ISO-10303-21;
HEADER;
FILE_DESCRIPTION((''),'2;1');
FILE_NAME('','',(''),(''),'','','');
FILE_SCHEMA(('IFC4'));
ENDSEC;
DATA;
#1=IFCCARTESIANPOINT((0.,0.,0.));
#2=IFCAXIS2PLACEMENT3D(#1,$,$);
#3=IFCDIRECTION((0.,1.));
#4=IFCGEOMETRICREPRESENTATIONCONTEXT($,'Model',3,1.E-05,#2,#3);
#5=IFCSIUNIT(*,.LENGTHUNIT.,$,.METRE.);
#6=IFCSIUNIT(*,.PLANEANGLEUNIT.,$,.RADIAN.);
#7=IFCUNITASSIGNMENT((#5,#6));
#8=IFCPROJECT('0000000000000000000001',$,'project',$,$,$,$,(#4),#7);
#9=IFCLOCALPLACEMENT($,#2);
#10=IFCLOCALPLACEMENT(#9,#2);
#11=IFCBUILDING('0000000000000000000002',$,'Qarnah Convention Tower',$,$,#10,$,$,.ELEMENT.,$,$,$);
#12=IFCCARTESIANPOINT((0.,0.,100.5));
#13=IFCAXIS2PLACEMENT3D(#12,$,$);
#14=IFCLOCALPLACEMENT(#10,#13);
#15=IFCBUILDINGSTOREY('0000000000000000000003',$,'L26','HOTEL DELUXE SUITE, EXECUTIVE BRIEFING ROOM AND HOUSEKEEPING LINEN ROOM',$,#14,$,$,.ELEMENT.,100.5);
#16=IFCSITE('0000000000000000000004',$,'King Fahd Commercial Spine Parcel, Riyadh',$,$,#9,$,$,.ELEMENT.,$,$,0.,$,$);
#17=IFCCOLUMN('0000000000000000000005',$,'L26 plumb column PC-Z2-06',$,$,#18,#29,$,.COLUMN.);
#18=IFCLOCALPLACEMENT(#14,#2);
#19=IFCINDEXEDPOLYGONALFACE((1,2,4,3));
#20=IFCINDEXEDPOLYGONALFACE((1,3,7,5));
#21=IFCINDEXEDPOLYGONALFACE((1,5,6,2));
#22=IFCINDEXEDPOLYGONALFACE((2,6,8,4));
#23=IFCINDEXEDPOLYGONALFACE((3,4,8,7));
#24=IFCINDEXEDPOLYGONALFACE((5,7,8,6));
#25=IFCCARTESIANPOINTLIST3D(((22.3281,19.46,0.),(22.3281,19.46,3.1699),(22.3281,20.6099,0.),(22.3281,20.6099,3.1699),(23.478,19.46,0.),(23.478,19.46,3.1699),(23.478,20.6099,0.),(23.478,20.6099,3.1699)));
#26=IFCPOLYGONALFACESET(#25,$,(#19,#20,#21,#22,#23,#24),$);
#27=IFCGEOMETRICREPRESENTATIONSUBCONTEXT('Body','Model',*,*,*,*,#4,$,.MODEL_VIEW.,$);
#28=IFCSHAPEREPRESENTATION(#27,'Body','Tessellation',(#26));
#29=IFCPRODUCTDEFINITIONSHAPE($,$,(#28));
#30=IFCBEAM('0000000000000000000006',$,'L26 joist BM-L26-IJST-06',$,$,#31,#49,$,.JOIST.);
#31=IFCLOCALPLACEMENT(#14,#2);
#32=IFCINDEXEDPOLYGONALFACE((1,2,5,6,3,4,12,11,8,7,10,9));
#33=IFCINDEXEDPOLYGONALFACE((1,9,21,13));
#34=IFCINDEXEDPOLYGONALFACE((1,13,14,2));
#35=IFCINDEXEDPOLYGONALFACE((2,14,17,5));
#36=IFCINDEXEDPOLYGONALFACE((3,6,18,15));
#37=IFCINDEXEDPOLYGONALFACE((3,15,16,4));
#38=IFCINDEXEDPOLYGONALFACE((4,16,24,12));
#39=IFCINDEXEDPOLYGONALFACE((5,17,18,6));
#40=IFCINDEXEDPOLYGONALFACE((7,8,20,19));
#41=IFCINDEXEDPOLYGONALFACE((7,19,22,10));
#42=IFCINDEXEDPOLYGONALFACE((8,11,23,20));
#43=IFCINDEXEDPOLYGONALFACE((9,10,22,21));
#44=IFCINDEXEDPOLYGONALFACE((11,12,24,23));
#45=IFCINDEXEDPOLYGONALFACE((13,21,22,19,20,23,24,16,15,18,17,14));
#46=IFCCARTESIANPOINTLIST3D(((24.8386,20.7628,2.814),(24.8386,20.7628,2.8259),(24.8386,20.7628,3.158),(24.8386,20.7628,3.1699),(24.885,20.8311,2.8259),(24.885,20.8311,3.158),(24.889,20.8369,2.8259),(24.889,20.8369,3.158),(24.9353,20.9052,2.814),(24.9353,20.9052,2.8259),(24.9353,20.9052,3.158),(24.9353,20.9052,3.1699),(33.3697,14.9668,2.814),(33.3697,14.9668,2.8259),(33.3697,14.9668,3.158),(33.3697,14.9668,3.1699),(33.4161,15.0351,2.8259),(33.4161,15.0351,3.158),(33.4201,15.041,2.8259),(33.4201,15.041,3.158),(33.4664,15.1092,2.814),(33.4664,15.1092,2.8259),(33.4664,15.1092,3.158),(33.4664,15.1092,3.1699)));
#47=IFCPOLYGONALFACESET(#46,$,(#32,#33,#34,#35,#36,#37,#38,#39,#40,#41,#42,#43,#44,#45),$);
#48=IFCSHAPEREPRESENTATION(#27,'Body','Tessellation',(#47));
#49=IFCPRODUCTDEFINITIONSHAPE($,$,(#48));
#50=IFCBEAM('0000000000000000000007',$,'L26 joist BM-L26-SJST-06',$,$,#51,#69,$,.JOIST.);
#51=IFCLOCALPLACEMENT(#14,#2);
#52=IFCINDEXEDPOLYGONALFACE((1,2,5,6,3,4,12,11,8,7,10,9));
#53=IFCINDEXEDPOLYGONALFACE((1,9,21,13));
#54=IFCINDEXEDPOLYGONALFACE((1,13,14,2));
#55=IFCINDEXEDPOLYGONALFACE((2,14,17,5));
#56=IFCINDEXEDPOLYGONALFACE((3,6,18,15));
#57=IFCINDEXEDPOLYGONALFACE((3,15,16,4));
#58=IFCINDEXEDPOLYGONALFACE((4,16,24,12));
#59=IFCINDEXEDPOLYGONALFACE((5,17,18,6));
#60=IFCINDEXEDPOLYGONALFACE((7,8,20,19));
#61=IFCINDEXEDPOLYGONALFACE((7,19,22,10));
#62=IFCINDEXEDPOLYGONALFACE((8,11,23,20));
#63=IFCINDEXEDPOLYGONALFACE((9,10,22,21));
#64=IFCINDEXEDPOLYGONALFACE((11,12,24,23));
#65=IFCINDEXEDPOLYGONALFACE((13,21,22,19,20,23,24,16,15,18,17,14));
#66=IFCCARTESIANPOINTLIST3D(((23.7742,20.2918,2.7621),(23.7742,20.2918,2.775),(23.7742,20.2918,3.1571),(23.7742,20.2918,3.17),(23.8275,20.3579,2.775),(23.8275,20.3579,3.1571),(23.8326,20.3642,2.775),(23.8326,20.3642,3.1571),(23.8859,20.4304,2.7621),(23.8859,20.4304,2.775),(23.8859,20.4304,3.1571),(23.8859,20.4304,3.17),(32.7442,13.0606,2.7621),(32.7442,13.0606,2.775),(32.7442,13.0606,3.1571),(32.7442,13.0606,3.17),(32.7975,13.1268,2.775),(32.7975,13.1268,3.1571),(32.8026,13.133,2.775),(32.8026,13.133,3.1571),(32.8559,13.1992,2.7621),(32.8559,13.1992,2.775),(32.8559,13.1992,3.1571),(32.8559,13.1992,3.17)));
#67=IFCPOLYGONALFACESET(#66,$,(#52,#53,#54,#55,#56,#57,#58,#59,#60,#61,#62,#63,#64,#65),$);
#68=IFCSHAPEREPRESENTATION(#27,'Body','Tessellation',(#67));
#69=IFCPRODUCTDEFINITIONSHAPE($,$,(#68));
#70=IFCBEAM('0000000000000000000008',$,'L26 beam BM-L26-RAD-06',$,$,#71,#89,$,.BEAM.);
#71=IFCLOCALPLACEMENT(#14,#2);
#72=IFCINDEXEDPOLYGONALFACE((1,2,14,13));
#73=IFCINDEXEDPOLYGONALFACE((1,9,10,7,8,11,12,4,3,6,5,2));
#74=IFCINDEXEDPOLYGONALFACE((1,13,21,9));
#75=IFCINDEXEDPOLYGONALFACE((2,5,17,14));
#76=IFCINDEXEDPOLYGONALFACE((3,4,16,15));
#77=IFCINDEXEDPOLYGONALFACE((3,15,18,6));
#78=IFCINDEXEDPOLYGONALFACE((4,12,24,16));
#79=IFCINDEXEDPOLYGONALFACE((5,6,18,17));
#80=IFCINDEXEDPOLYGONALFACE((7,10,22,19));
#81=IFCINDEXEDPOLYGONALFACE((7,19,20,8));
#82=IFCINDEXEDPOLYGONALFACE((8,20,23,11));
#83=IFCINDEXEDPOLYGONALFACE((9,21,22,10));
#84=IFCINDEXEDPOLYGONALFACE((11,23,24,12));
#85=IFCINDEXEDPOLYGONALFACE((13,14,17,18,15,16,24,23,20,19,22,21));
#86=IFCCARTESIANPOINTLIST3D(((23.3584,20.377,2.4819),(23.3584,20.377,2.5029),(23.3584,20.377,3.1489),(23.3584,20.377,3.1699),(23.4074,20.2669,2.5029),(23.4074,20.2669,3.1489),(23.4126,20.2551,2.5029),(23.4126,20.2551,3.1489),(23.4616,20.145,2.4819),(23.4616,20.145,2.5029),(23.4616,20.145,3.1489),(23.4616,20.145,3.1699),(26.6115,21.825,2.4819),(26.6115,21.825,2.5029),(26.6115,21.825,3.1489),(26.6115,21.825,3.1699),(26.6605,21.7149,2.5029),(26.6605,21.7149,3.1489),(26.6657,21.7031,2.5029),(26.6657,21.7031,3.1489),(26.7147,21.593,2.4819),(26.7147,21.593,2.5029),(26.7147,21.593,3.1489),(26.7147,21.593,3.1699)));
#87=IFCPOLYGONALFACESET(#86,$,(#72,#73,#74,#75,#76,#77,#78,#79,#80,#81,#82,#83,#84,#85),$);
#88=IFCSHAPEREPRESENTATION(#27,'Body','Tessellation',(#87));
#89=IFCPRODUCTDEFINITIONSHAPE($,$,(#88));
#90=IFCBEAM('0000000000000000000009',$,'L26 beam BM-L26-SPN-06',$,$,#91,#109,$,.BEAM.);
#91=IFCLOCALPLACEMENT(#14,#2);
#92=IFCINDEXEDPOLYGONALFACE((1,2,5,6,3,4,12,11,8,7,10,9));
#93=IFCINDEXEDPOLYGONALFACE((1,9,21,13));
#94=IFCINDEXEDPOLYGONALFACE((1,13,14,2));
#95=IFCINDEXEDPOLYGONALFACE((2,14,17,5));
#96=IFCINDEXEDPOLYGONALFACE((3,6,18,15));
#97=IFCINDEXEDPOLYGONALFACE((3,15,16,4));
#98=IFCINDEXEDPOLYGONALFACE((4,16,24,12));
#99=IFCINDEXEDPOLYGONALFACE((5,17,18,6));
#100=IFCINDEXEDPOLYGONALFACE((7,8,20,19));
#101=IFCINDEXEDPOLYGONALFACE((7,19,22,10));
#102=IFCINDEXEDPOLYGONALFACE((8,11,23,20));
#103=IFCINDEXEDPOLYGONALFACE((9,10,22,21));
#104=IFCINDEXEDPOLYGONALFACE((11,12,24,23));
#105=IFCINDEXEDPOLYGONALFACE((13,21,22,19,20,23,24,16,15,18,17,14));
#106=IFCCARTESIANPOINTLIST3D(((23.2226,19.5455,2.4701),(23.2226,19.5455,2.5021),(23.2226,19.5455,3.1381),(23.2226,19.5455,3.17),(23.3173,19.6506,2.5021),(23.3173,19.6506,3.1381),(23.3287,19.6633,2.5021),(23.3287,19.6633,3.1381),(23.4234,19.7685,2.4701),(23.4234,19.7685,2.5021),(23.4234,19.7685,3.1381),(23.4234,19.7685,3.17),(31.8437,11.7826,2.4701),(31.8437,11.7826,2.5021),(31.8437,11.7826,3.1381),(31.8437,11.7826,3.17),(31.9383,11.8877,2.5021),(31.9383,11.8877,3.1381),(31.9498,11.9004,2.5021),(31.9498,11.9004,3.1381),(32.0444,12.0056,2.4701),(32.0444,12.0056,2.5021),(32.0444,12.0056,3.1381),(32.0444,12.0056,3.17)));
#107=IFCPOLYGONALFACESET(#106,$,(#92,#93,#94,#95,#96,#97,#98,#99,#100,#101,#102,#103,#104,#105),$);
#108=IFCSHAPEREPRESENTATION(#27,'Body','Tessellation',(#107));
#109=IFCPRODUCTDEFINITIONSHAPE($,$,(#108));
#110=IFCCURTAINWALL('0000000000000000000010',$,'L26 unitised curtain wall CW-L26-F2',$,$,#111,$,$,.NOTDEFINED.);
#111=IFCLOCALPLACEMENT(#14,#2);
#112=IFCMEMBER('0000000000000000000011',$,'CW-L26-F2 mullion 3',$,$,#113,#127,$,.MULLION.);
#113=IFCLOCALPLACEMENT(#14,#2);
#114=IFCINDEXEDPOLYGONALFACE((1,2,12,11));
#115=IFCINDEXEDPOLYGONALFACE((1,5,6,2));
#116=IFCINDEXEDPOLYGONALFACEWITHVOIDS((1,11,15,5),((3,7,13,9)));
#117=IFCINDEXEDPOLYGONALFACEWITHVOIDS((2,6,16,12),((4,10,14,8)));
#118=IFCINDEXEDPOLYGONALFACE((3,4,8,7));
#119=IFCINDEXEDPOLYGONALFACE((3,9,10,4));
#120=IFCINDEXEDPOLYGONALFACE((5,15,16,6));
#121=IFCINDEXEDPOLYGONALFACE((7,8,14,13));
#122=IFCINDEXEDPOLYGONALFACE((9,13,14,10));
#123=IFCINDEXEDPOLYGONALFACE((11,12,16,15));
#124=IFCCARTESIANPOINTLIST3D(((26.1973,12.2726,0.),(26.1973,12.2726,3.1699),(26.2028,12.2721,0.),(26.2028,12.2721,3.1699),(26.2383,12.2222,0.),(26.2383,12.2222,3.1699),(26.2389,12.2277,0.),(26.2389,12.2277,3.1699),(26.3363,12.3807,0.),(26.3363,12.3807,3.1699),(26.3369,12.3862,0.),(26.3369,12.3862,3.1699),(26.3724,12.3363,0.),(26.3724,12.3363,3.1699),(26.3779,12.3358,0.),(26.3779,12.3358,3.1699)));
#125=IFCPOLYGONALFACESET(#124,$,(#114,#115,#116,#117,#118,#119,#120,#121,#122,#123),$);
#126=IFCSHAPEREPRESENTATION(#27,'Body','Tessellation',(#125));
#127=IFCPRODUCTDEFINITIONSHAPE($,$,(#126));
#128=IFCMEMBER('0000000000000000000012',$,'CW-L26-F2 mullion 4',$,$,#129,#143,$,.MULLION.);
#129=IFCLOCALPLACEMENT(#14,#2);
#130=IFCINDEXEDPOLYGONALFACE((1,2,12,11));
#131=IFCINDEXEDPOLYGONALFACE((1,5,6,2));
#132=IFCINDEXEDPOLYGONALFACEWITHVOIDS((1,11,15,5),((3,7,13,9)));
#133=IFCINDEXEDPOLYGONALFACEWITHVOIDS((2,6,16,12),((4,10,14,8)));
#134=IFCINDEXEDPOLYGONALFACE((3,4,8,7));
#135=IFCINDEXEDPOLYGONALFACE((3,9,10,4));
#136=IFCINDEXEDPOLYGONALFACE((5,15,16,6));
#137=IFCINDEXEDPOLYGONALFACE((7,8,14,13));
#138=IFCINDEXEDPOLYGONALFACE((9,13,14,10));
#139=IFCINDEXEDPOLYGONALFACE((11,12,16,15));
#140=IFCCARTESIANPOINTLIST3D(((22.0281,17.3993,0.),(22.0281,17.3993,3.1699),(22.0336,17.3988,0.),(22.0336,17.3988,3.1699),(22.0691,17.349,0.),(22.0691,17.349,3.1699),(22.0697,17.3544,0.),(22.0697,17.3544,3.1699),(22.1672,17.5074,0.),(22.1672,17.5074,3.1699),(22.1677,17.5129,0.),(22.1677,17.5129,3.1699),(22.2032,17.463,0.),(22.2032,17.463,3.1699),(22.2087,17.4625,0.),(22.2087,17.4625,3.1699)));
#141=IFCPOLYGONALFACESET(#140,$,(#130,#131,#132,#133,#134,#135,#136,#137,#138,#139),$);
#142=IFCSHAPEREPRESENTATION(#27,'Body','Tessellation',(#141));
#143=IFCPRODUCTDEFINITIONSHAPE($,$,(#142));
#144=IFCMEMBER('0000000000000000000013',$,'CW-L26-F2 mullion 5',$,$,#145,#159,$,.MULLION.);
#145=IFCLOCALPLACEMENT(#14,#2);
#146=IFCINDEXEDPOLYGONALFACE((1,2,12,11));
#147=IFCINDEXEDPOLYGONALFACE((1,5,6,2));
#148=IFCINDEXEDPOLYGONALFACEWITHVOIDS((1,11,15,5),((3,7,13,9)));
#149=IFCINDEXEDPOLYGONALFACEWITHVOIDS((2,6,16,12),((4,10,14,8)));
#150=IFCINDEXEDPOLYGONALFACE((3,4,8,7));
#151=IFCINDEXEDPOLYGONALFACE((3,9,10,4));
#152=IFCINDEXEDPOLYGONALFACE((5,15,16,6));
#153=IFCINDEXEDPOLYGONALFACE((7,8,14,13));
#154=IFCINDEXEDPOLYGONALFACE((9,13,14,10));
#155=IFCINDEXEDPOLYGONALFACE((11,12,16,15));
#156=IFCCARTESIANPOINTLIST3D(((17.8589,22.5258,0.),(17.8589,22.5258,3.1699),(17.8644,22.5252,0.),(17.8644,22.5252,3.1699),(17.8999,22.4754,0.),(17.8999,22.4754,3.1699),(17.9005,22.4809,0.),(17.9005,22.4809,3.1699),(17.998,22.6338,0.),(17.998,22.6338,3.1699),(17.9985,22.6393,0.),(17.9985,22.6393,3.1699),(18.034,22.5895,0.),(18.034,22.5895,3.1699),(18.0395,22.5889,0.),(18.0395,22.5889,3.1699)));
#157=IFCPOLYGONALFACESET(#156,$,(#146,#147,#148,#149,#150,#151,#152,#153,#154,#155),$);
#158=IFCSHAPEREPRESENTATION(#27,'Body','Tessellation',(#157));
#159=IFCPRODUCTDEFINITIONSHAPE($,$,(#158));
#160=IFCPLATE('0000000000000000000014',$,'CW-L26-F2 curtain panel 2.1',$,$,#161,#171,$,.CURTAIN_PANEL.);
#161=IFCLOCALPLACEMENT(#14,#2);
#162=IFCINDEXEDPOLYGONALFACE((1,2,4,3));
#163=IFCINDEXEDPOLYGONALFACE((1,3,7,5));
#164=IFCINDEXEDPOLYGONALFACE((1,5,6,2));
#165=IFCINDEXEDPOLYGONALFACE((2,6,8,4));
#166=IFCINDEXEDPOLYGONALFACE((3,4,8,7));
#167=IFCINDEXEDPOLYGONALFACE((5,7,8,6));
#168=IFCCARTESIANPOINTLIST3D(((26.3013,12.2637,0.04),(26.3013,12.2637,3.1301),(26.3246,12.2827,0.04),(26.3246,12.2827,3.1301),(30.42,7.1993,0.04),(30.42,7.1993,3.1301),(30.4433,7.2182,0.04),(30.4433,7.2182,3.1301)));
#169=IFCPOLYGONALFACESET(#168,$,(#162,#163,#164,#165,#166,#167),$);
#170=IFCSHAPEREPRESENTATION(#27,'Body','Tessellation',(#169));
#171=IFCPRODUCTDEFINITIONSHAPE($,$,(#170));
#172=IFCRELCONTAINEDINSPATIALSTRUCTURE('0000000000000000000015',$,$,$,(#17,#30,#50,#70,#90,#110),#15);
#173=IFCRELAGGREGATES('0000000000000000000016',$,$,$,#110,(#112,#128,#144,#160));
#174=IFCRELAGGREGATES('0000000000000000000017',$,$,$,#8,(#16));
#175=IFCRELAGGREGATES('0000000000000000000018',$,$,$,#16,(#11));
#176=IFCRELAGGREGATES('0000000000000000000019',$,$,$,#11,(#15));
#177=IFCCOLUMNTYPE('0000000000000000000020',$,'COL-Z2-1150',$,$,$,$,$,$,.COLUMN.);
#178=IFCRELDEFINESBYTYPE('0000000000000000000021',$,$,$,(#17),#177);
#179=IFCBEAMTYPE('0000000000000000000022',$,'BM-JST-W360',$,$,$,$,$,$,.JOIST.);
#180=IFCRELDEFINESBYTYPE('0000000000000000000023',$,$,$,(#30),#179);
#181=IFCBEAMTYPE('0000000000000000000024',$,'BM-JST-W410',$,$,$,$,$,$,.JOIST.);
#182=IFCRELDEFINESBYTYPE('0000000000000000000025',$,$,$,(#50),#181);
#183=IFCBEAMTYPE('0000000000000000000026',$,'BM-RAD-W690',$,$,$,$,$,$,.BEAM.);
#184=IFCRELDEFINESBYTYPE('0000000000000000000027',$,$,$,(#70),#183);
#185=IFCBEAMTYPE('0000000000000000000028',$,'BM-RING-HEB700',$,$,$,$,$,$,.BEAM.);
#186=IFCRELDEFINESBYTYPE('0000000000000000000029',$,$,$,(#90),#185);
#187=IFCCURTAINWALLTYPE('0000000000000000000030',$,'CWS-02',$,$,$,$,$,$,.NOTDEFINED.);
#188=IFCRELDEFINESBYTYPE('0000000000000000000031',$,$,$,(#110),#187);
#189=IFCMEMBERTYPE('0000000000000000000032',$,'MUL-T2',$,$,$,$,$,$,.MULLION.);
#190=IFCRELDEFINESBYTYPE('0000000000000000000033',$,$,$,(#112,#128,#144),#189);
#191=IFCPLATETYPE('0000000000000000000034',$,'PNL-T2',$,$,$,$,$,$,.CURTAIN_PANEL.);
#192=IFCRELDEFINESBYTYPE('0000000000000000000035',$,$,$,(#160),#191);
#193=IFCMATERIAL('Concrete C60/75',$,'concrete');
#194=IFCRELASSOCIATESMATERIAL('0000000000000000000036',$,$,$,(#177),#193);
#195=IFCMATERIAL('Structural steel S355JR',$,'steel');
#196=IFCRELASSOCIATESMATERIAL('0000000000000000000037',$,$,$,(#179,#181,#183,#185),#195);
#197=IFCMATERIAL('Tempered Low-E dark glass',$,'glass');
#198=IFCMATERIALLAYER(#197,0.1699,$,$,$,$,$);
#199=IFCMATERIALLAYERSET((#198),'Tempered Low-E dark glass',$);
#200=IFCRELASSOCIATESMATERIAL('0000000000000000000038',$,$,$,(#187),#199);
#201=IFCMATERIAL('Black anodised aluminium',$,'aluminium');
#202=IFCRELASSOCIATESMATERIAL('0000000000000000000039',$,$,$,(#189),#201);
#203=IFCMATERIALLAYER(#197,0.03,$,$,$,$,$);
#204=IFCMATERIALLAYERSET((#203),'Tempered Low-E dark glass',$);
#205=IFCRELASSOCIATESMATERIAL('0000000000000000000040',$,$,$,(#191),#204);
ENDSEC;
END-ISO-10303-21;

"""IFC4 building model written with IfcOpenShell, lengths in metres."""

from ifc_helpers import new_model, si_unit, direction, frame, origin, origin_2d, place, context, subcontext, project, spatial, rectangle, hollow_rectangle, i_section, extrude, material, layer, layer_set, material_profile, profile_set, type_object, element, aggregate, save


model = new_model("IFC4")

# Units and contexts
model_context = context("Model", 3, precision=1e-05, world=origin(), true_north=direction((0.0, 1.0)))
body_context = subcontext(model_context, "Body", "Model", "MODEL_VIEW")
ifc_project = project(units=[si_unit("LENGTHUNIT", "METRE"), si_unit("PLANEANGLEUNIT", "RADIAN")], contexts=[model_context])

# Site, building, storey
site_placement = place(None, origin())
site = spatial("IfcSite", under=ifc_project, at=site_placement, Name="King Fahd Commercial Spine Parcel, Riyadh", CompositionType="ELEMENT", RefElevation=0.0)
building_placement = place(site_placement, origin())
building = spatial("IfcBuilding", under=site, at=building_placement, Name="Qarnah Convention Tower", CompositionType="ELEMENT")
storey_placement = place(building_placement, frame((0.0, 0.0, 100.5)))
storey = spatial("IfcBuildingStorey", under=building, at=storey_placement, Name="L26", Description="HOTEL DELUXE SUITE, EXECUTIVE BRIEFING ROOM AND HOUSEKEEPING LINEN ROOM", CompositionType="ELEMENT", Elevation=100.5)

# Column
ifc_material_1 = material(Name="Concrete C60/75", Category="concrete")
ifc_material_profile_1 = material_profile(ifc_material_1, rectangle(XDim=1.1499, YDim=1.1499, at=origin_2d()), Name="RC-COL-1150X1150")
ifc_profile_set_1 = profile_set([ifc_material_profile_1], Name="Concrete C60/75")
column_type = type_object("IfcColumnType", Name="COL-Z2-1150", PredefinedType="COLUMN", material=ifc_profile_set_1)
column_placement = place(storey_placement, frame((22.9031, 20.0349, 0.0), z_axis=(0.0, 0.0, 1.0), x_axis=(1.0, 0.0, 0.0)))
element("IfcColumn", 1, at=column_placement, inside=storey, type_object=column_type, Name="L26 plumb column PC-Z2-06", PredefinedType="COLUMN", context=body_context, shape_type="SweptSolid", body=[
    extrude(rectangle(XDim=1.1499, YDim=1.1499, at=origin_2d()), origin(), (0.0, 0.0, 1.0), 3.1699),
])

# Beams
ifc_material_2 = material(Name="Structural steel S355JR", Category="steel")
ifc_material_profile_2 = material_profile(ifc_material_2, i_section(OverallWidth=0.1721, OverallDepth=0.356, WebThickness=0.0071, FlangeThickness=0.012, at=origin_2d()), Name="W360X51")
ifc_profile_set_2 = profile_set([ifc_material_profile_2], Name="Structural steel S355JR")
beam_type_1 = type_object("IfcBeamType", Name="BM-JST-W360", PredefinedType="JOIST", material=ifc_profile_set_2)
beam_1_placement = place(storey_placement, frame((24.887, 20.834, 2.9919), z_axis=(0.82716, -0.561966, 0.0), x_axis=(0.561966, 0.82716, 0.0)))
element("IfcBeam", 2, at=beam_1_placement, inside=storey, type_object=beam_type_1, Name="L26 joist BM-L26-IJST-06", PredefinedType="JOIST", context=body_context, shape_type="SweptSolid", body=[
    extrude(i_section(OverallWidth=0.1721, OverallDepth=0.356, WebThickness=0.0071, FlangeThickness=0.012, at=origin_2d()), origin(), (0.0, 0.0, 1.0), 10.3137),
])
ifc_material_profile_3 = material_profile(ifc_material_2, i_section(OverallWidth=0.178, OverallDepth=0.408, WebThickness=0.0081, FlangeThickness=0.0129, at=origin_2d()), Name="W410X60")
ifc_profile_set_3 = profile_set([ifc_material_profile_3], Name="Structural steel S355JR")
beam_type_2 = type_object("IfcBeamType", Name="BM-JST-W410", PredefinedType="JOIST", material=ifc_profile_set_3)
beam_2_placement = place(storey_placement, frame((23.8301, 20.3611, 2.9661), z_axis=(0.778525, -0.627613, 0.0), x_axis=(0.627613, 0.778525, 0.0)))
element("IfcBeam", 3, at=beam_2_placement, inside=storey, type_object=beam_type_2, Name="L26 joist BM-L26-SJST-06", PredefinedType="JOIST", context=body_context, shape_type="SweptSolid", body=[
    extrude(i_section(OverallWidth=0.178, OverallDepth=0.408, WebThickness=0.0081, FlangeThickness=0.0129, at=origin_2d()), origin(), (0.0, 0.0, 1.0), 11.5217),
])
ifc_material_profile_4 = material_profile(ifc_material_2, i_section(OverallWidth=0.2539, OverallDepth=0.688, WebThickness=0.0129, FlangeThickness=0.021, at=origin_2d()), Name="W690X152")
ifc_profile_set_4 = profile_set([ifc_material_profile_4], Name="Structural steel S355JR")
beam_type_3 = type_object("IfcBeamType", Name="BM-RAD-W690", PredefinedType="BEAM", material=ifc_profile_set_4)
beam_3_placement = place(storey_placement, frame((26.6631, 21.709, 2.8259), z_axis=(-0.913588, -0.406641, 0.0), x_axis=(0.406641, -0.913588, 0.0)))
element("IfcBeam", 4, at=beam_3_placement, inside=storey, type_object=beam_type_3, Name="L26 beam BM-L26-RAD-06", PredefinedType="BEAM", context=body_context, shape_type="SweptSolid", body=[
    extrude(i_section(OverallWidth=0.2539, OverallDepth=0.688, WebThickness=0.0129, FlangeThickness=0.021, at=origin_2d()), origin(), (0.0, 0.0, 1.0), 3.5608),
])
ifc_material_profile_5 = material_profile(ifc_material_2, i_section(OverallWidth=0.3, OverallDepth=0.7, WebThickness=0.0171, FlangeThickness=0.032, at=origin_2d()), Name="HEB700")
ifc_profile_set_5 = profile_set([ifc_material_profile_5], Name="Structural steel S355JR")
beam_type_4 = type_object("IfcBeamType", Name="BM-RING-HEB700", PredefinedType="BEAM", material=ifc_profile_set_5)
beam_4_placement = place(storey_placement, frame((23.323, 19.657, 2.8201), z_axis=(0.743125, -0.669153, 0.0), x_axis=(0.669153, 0.743125, 0.0)))
element("IfcBeam", 5, at=beam_4_placement, inside=storey, type_object=beam_type_4, Name="L26 beam BM-L26-SPN-06", PredefinedType="BEAM", context=body_context, shape_type="SweptSolid", body=[
    extrude(i_section(OverallWidth=0.3, OverallDepth=0.7, WebThickness=0.0171, FlangeThickness=0.032, at=origin_2d()), origin(), (0.0, 0.0, 1.0), 11.6011),
])

# Curtain wall, members, plate
ifc_material_3 = material(Name="Tempered Low-E dark glass", Category="glass")
ifc_layer_1 = layer(ifc_material_3, 0.1699)
ifc_layer_set_1 = layer_set([ifc_layer_1], Name="Tempered Low-E dark glass")
curtain_wall_type = type_object("IfcCurtainWallType", Name="CWS-02", PredefinedType="NOTDEFINED", material=ifc_layer_set_1)
curtain_wall_placement = place(storey_placement, origin())
curtain_wall = element("IfcCurtainWall", 6, at=curtain_wall_placement, inside=storey, type_object=curtain_wall_type, Name="L26 unitised curtain wall CW-L26-F2", PredefinedType="NOTDEFINED")
ifc_material_4 = material(Name="Black anodised aluminium", Category="aluminium")
ifc_material_profile_6 = material_profile(ifc_material_4, hollow_rectangle(XDim=0.0649, YDim=0.1799, WallThickness=0.0039, at=origin_2d()), Name="MUL-65X180")
ifc_profile_set_6 = profile_set([ifc_material_profile_6], Name="Black anodised aluminium")
member_type = type_object("IfcMemberType", Name="MUL-T2", PredefinedType="MULLION", material=ifc_profile_set_6)
member_1_placement = place(storey_placement, frame((26.2876, 12.3042, 0.0), z_axis=(0.0, 0.0, 1.0), x_axis=(-0.630942, 0.77583, 0.0)))
member_1 = element("IfcMember", 7, at=member_1_placement, type_object=member_type, Name="CW-L26-F2 mullion 3", PredefinedType="MULLION", context=body_context, shape_type="SweptSolid", body=[
    extrude(hollow_rectangle(XDim=0.0649, YDim=0.1799, WallThickness=0.0039, at=origin_2d()), origin(), (0.0, 0.0, 1.0), 3.1699),
])
member_2_placement = place(storey_placement, frame((22.1184, 17.4309, 0.0), z_axis=(0.0, 0.0, 1.0), x_axis=(-0.630942, 0.77583, 0.0)))
member_2 = element("IfcMember", 8, at=member_2_placement, type_object=member_type, Name="CW-L26-F2 mullion 4", PredefinedType="MULLION", context=body_context, shape_type="SweptSolid", body=[
    extrude(hollow_rectangle(XDim=0.0649, YDim=0.1799, WallThickness=0.0039, at=origin_2d()), origin(), (0.0, 0.0, 1.0), 3.1699),
])
member_3_placement = place(storey_placement, frame((17.9492, 22.5574, 0.0), z_axis=(0.0, 0.0, 1.0), x_axis=(-0.630942, 0.77583, 0.0)))
member_3 = element("IfcMember", 9, at=member_3_placement, type_object=member_type, Name="CW-L26-F2 mullion 5", PredefinedType="MULLION", context=body_context, shape_type="SweptSolid", body=[
    extrude(hollow_rectangle(XDim=0.0649, YDim=0.1799, WallThickness=0.0039, at=origin_2d()), origin(), (0.0, 0.0, 1.0), 3.1699),
])
ifc_layer_2 = layer(ifc_material_3, 0.03)
ifc_layer_set_2 = layer_set([ifc_layer_2], Name="Tempered Low-E dark glass")
plate_type = type_object("IfcPlateType", Name="PNL-T2", PredefinedType="CURTAIN_PANEL", material=ifc_layer_set_2)
plate_1_placement = place(storey_placement, frame((28.3723, 9.741, 0.04), z_axis=(0.0, 0.0, 1.0), x_axis=(-0.630942, 0.77583, 0.0)))
plate_1 = element("IfcPlate", 10, at=plate_1_placement, type_object=plate_type, Name="CW-L26-F2 curtain panel 2.1", PredefinedType="CURTAIN_PANEL", context=body_context, shape_type="SweptSolid", body=[
    extrude(rectangle(XDim=6.5278, YDim=0.03, at=origin_2d()), origin(), (0.0, 0.0, 1.0), 3.0901),
])
aggregate(curtain_wall, [member_1, member_2, member_3, plate_1])

save(model, "model.ifc")
